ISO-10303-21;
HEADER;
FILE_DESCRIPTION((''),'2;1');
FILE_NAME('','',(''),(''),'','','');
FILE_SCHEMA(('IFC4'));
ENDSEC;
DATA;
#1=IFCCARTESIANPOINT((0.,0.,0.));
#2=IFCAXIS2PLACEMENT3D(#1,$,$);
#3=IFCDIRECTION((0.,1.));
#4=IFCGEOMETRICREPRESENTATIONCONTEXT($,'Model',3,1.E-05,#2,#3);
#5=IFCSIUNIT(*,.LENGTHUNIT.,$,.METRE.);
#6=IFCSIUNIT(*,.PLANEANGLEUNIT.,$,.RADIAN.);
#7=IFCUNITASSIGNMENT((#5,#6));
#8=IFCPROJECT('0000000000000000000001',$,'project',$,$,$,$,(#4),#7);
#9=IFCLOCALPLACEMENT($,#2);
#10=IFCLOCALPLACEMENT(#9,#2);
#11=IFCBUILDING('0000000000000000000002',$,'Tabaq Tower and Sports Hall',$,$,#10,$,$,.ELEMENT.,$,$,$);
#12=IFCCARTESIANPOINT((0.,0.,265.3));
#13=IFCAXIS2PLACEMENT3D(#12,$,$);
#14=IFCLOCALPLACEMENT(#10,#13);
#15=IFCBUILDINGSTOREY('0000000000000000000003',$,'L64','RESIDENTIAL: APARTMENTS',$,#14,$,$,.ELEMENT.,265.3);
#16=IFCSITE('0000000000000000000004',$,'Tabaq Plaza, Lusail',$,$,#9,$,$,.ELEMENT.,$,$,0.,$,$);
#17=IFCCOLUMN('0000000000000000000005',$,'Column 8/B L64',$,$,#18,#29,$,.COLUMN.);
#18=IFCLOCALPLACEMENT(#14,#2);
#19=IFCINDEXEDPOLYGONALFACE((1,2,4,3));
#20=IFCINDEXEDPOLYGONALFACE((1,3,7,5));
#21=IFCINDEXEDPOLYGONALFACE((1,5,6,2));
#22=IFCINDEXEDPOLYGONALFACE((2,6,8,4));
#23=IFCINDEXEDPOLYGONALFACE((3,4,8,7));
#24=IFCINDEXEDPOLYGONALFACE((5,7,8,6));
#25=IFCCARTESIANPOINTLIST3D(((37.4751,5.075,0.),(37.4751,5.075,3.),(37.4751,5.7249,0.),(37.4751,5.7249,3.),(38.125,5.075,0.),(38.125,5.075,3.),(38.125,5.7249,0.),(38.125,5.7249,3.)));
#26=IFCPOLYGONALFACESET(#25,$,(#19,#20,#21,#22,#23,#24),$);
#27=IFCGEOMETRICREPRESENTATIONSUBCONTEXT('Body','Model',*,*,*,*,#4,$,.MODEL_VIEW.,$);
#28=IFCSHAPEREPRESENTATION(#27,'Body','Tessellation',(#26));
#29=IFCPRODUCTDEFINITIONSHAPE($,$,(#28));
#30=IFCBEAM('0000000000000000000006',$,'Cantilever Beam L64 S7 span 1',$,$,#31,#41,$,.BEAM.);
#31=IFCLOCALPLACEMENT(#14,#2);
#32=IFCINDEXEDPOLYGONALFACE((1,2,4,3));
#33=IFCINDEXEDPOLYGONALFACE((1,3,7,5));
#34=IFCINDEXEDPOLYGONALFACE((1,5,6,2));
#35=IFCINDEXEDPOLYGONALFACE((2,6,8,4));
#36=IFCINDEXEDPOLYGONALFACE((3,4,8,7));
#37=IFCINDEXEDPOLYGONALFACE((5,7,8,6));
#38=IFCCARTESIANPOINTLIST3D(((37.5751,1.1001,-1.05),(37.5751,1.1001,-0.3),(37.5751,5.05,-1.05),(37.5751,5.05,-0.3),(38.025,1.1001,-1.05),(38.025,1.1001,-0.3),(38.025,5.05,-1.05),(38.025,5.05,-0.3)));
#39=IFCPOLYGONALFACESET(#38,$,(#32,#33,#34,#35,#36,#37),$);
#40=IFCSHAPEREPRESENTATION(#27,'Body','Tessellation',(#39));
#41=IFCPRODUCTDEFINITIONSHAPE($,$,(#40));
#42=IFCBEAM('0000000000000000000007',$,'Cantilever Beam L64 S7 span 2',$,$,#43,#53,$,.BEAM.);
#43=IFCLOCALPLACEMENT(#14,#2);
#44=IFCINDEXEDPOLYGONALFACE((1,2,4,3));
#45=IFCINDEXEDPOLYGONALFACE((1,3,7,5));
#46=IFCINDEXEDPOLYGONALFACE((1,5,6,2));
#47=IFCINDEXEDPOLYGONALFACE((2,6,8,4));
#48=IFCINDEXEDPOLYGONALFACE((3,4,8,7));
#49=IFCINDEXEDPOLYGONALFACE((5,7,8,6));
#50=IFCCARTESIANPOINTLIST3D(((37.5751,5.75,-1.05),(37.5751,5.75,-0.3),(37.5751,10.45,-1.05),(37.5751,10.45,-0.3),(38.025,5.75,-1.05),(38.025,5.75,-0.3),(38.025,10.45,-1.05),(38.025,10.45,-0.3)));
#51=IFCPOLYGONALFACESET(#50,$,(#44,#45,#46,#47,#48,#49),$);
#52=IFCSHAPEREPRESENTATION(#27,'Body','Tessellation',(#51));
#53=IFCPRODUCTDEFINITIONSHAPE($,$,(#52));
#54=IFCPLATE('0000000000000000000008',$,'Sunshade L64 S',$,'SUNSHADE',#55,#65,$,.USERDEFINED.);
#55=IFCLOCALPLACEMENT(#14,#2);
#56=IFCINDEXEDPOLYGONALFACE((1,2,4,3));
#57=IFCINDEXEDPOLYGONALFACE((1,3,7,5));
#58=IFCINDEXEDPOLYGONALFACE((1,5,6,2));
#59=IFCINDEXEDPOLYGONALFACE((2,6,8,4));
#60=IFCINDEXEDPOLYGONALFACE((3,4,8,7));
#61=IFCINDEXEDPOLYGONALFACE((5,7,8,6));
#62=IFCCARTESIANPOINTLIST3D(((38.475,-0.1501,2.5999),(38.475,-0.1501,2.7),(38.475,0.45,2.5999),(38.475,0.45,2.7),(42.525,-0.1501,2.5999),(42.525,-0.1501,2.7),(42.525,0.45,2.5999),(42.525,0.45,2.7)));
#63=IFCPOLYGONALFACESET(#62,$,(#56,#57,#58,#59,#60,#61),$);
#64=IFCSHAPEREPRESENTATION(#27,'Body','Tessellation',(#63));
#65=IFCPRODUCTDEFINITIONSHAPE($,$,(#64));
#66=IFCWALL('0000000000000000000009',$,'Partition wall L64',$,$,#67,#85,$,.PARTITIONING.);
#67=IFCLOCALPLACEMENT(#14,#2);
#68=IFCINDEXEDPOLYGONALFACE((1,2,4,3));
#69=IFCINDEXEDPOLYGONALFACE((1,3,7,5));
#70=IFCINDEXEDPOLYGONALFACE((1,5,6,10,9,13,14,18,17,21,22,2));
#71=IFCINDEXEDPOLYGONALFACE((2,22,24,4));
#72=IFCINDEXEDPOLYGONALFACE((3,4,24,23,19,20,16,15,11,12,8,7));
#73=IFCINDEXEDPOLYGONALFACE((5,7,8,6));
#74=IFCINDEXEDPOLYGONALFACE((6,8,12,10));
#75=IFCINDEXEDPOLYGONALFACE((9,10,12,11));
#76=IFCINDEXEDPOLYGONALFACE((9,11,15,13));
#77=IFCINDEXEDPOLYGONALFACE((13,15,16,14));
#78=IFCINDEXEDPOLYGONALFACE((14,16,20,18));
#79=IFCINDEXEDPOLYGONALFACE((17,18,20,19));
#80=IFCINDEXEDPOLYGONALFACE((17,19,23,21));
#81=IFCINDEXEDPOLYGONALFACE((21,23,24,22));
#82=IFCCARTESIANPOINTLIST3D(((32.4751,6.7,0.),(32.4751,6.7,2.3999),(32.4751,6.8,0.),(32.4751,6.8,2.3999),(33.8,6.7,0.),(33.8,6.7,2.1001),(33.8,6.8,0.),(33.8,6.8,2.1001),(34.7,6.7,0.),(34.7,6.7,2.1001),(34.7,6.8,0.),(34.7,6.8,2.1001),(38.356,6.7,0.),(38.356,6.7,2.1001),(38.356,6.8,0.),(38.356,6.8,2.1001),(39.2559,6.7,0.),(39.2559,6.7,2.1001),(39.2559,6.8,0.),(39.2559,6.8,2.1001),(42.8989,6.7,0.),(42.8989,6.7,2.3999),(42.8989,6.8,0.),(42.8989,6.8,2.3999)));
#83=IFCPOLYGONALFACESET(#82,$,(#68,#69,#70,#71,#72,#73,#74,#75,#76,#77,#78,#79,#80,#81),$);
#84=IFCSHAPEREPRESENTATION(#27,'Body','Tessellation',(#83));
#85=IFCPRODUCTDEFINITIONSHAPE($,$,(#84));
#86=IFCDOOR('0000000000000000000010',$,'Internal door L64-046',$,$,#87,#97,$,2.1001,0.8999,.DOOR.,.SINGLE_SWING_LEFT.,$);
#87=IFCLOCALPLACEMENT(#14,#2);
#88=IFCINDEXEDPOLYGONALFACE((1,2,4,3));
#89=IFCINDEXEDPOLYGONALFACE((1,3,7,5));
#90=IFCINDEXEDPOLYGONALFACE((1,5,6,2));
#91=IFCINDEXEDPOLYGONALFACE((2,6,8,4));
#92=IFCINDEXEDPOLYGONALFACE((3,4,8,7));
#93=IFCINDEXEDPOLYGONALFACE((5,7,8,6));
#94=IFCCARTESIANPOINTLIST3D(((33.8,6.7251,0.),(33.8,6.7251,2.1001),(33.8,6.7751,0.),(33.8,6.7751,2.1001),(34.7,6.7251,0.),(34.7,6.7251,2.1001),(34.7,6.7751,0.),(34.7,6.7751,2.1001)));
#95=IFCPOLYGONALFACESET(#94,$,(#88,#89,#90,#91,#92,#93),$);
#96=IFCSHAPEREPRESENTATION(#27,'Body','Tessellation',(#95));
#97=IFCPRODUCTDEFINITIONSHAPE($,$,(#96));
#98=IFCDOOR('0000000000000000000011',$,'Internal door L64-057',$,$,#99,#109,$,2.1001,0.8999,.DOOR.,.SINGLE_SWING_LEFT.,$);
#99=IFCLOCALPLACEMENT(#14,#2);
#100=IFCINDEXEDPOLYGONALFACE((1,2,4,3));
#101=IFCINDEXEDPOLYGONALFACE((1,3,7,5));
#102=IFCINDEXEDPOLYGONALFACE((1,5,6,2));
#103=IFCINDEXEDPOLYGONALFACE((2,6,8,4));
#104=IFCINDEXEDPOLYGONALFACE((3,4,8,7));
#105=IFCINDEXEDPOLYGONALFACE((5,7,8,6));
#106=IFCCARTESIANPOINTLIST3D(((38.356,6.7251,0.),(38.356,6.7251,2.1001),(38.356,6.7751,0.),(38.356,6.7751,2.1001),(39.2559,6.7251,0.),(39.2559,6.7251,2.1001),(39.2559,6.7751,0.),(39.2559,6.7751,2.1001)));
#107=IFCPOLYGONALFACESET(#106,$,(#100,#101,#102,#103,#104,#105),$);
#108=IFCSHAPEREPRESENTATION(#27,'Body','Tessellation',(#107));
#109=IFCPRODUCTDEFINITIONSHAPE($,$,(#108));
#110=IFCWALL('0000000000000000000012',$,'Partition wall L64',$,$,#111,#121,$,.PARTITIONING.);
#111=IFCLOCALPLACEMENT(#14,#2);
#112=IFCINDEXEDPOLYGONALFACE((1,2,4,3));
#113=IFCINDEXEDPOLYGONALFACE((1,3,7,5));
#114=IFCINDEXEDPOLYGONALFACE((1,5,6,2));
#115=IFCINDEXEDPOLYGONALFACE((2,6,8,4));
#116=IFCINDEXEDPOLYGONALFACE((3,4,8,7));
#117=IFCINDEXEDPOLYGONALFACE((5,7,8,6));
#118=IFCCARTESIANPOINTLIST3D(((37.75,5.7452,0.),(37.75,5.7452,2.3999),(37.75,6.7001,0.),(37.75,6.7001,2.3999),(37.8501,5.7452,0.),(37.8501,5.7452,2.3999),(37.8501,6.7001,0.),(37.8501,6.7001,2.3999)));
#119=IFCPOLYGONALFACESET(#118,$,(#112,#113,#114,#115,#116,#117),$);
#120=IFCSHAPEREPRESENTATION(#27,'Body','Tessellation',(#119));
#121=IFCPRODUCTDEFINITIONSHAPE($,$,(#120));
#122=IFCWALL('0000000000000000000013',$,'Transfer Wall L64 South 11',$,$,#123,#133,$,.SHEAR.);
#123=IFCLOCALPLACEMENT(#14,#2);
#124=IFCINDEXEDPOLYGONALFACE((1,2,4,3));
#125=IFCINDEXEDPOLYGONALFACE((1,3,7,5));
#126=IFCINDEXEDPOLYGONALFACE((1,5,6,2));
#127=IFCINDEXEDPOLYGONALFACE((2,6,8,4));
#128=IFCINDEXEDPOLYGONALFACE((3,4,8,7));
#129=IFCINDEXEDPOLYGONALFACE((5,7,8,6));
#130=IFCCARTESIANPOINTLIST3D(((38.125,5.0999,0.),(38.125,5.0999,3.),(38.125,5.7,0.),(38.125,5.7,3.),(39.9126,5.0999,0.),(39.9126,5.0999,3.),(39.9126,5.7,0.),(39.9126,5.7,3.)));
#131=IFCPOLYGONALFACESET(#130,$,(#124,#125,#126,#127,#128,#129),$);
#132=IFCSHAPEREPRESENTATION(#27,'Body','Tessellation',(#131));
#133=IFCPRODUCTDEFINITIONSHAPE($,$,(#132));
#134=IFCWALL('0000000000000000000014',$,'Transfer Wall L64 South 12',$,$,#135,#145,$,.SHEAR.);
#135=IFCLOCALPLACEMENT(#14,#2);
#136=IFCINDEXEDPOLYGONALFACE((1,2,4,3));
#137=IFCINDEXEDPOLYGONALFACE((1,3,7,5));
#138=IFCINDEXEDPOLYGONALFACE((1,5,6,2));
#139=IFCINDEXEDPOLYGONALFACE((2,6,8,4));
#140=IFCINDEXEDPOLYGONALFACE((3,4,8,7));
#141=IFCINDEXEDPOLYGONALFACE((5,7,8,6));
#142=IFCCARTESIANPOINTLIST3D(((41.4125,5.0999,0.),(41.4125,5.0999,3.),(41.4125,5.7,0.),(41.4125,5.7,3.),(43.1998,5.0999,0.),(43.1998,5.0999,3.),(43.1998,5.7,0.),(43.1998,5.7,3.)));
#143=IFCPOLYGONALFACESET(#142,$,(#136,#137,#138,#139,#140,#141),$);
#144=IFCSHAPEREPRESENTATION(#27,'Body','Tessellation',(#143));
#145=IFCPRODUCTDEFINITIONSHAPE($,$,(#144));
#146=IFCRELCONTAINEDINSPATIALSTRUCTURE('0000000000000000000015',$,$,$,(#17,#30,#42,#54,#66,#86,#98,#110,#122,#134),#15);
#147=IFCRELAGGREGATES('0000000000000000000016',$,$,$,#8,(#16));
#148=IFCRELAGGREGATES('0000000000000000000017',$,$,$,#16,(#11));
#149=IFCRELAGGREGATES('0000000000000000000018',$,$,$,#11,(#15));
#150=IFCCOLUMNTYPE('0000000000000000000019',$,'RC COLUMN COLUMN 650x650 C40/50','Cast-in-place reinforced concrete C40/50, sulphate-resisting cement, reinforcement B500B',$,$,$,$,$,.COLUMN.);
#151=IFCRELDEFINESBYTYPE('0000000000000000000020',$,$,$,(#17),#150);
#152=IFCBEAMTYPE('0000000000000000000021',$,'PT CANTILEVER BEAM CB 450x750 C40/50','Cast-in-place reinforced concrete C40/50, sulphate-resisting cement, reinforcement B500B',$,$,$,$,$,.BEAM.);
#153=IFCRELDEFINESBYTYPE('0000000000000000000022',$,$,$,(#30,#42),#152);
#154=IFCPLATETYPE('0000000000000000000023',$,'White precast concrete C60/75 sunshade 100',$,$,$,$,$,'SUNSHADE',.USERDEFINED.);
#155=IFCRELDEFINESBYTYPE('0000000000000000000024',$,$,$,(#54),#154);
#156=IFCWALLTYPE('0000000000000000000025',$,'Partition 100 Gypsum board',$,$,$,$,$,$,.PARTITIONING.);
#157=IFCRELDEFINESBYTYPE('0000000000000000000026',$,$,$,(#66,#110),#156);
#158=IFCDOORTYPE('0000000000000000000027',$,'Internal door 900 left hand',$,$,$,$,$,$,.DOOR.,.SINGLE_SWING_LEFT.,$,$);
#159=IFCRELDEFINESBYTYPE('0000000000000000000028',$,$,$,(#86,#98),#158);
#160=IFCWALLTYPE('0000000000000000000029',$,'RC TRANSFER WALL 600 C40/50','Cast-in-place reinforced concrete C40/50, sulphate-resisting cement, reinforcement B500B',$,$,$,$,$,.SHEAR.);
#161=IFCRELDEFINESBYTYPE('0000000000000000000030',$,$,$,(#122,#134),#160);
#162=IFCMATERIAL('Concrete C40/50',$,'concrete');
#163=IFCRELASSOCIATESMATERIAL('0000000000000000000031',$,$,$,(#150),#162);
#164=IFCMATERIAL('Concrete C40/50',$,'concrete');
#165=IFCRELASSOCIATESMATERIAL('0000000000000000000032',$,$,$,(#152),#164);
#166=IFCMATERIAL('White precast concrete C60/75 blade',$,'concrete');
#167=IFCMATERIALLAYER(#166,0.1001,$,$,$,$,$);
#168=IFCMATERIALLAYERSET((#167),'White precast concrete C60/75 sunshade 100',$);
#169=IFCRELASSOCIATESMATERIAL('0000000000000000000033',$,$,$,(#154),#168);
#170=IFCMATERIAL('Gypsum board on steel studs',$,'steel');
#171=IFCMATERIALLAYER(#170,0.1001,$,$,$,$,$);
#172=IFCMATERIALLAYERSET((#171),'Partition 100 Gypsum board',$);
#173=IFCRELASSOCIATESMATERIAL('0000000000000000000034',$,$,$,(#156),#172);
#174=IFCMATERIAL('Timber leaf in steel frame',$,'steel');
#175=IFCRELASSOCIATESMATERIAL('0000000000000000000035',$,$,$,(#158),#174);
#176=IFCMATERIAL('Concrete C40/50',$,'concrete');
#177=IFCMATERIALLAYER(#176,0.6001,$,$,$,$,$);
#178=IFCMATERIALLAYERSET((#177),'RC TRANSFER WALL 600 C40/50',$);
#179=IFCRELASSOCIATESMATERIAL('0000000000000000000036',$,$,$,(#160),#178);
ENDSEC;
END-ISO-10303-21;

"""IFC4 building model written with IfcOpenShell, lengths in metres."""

from ifc_helpers import new_model, si_unit, direction, frame, frame_2d, origin, origin_2d, place, context, subcontext, project, spatial, rectangle, extrude, material, layer, layer_set, material_profile, profile_set, type_object, element, fill, save


model = new_model("IFC4")

# Units and contexts
model_context = context("Model", 3, precision=1e-05, world=origin(), true_north=direction((0.0, 1.0)))
body_context = subcontext(model_context, "Body", "Model", "MODEL_VIEW")
ifc_project = project(units=[si_unit("LENGTHUNIT", "METRE"), si_unit("PLANEANGLEUNIT", "RADIAN")], contexts=[model_context])

# Site, building, storey
site_placement = place(None, origin())
site = spatial("IfcSite", under=ifc_project, at=site_placement, Name="Tabaq Plaza, Lusail", CompositionType="ELEMENT", RefElevation=0.0)
building_placement = place(site_placement, origin())
building = spatial("IfcBuilding", under=site, at=building_placement, Name="Tabaq Tower and Sports Hall", CompositionType="ELEMENT")
storey_placement = place(building_placement, frame((0.0, 0.0, 265.3)))
storey = spatial("IfcBuildingStorey", under=building, at=storey_placement, Name="L64", Description="RESIDENTIAL: APARTMENTS", CompositionType="ELEMENT", Elevation=265.3)

# Column
ifc_material_1 = material(Name="Concrete C40/50", Category="concrete")
ifc_material_profile_1 = material_profile(ifc_material_1, rectangle(XDim=0.6499, YDim=0.6499, at=origin_2d()), Name="COLUMN 650x650")
ifc_profile_set_1 = profile_set([ifc_material_profile_1], Name="Concrete C40/50")
column_type = type_object("IfcColumnType", Name="RC COLUMN COLUMN 650x650 C40/50", Description="Cast-in-place reinforced concrete C40/50, sulphate-resisting cement, reinforcement B500B", PredefinedType="COLUMN", material=ifc_profile_set_1)
column_placement = place(storey_placement, frame((37.8, 5.3999, 0.0), z_axis=(0.0, 0.0, 1.0), x_axis=(1.0, 0.0, 0.0)))
element("IfcColumn", 1, at=column_placement, inside=storey, type_object=column_type, Name="Column 8/B L64", PredefinedType="COLUMN", context=body_context, shape_type="SweptSolid", body=[
    extrude(rectangle(XDim=0.6499, YDim=0.6499, at=origin_2d()), origin(), (0.0, 0.0, 1.0), 3.0),
])

# Beams
ifc_material_2 = material(Name="Concrete C40/50", Category="concrete")
ifc_material_profile_2 = material_profile(ifc_material_2, rectangle(XDim=0.45, YDim=0.75, at=origin_2d()), Name="CB 450x750")
ifc_profile_set_2 = profile_set([ifc_material_profile_2], Name="Concrete C40/50")
beam_type = type_object("IfcBeamType", Name="PT CANTILEVER BEAM CB 450x750 C40/50", Description="Cast-in-place reinforced concrete C40/50, sulphate-resisting cement, reinforcement B500B", PredefinedType="BEAM", material=ifc_profile_set_2)
beam_1_placement = place(storey_placement, frame((37.8, 1.1001, -0.675), z_axis=(0.0, 1.0, 0.0), x_axis=(-1.0, 0.0, 0.0)))
element("IfcBeam", 2, at=beam_1_placement, inside=storey, type_object=beam_type, Name="Cantilever Beam L64 S7 span 1", PredefinedType="BEAM", context=body_context, shape_type="SweptSolid", body=[
    extrude(rectangle(XDim=0.45, YDim=0.75, at=origin_2d()), origin(), (0.0, 0.0, 1.0), 3.95),
])
beam_2_placement = place(storey_placement, frame((37.8, 5.75, -0.675), z_axis=(0.0, 1.0, 0.0), x_axis=(-1.0, 0.0, 0.0)))
element("IfcBeam", 3, at=beam_2_placement, inside=storey, type_object=beam_type, Name="Cantilever Beam L64 S7 span 2", PredefinedType="BEAM", context=body_context, shape_type="SweptSolid", body=[
    extrude(rectangle(XDim=0.45, YDim=0.75, at=origin_2d()), origin(), (0.0, 0.0, 1.0), 4.7),
])

# Plate
ifc_material_3 = material(Name="White precast concrete C60/75 blade", Category="concrete")
ifc_layer_1 = layer(ifc_material_3, 0.1001)
ifc_layer_set_1 = layer_set([ifc_layer_1], Name="White precast concrete C60/75 sunshade 100")
plate_type = type_object("IfcPlateType", Name="White precast concrete C60/75 sunshade 100", ElementType="SUNSHADE", PredefinedType="USERDEFINED", material=ifc_layer_set_1)
plate_placement = place(storey_placement, frame((40.5, 0.1499, 2.5999), z_axis=(0.0, 0.0, 1.0), x_axis=(1.0, 0.0, 0.0)))
element("IfcPlate", 4, at=plate_placement, inside=storey, type_object=plate_type, Name="Sunshade L64 S", ObjectType="SUNSHADE", PredefinedType="USERDEFINED", context=body_context, shape_type="SweptSolid", body=[
    extrude(rectangle(XDim=4.05, YDim=0.6001, at=origin_2d()), origin(), (0.0, 0.0, 1.0), 0.1001),
])

# Wall, openings, doors
ifc_material_4 = material(Name="Gypsum board on steel studs", Category="steel")
ifc_layer_2 = layer(ifc_material_4, 0.1001)
ifc_layer_set_2 = layer_set([ifc_layer_2], Name="Partition 100 Gypsum board")
wall_type_1 = type_object("IfcWallType", Name="Partition 100 Gypsum board", PredefinedType="PARTITIONING", material=ifc_layer_set_2)
wall_1_placement = place(storey_placement, frame((42.8989, 6.75, 0.0), z_axis=(0.0, 0.0, 1.0), x_axis=(-1.0, 0.0, 0.0)))
wall_1 = element("IfcWall", 5, at=wall_1_placement, inside=storey, type_object=wall_type_1, Name="Partition wall L64", PredefinedType="PARTITIONING", context=body_context, shape_type="SweptSolid", body=[
    extrude(rectangle(XDim=10.4238, YDim=0.1001, at=frame_2d((5.2119, 0.0))), origin(), (0.0, 0.0, 1.0), 2.3999),
])
opening_1_placement = place(wall_1_placement, frame((8.199, 0.0, 0.0)))
opening_1 = element("IfcOpeningElement", 6, at=opening_1_placement, cuts=wall_1, PredefinedType="OPENING", context=body_context, shape_type="SweptSolid", body=[
    extrude(rectangle(XDim=0.8999, YDim=2.1001, at=frame_2d((0.45, 1.05))), frame((0.0, 0.05, 0.0), z_axis=(0.0, -1.0, 0.0), x_axis=(1.0, 0.0, 0.0)), (0.0, 0.0, 1.0), 0.1001),
])
opening_2_placement = place(wall_1_placement, frame((3.6431, 0.0, 0.0)))
opening_2 = element("IfcOpeningElement", 7, at=opening_2_placement, cuts=wall_1, PredefinedType="OPENING", context=body_context, shape_type="SweptSolid", body=[
    extrude(rectangle(XDim=0.8999, YDim=2.1001, at=frame_2d((0.45, 1.05))), frame((0.0, 0.05, 0.0), z_axis=(0.0, -1.0, 0.0), x_axis=(1.0, 0.0, 0.0)), (0.0, 0.0, 1.0), 0.1001),
])
ifc_material_5 = material(Name="Timber leaf in steel frame", Category="steel")
door_type = type_object("IfcDoorType", Name="Internal door 900 left hand", OperationType="SINGLE_SWING_LEFT", PredefinedType="DOOR", material=ifc_material_5)
door_1_placement = place(opening_1_placement, origin())
door_1 = element("IfcDoor", 8, at=door_1_placement, inside=storey, type_object=door_type, Name="Internal door L64-046", OperationType="SINGLE_SWING_LEFT", OverallHeight=2.1001, OverallWidth=0.8999, PredefinedType="DOOR", context=body_context, shape_type="SweptSolid", body=[
    extrude(rectangle(XDim=0.8999, YDim=2.1001, at=frame_2d((0.45, 1.05))), frame((0.0, 0.0249, 0.0), z_axis=(0.0, -1.0, 0.0), x_axis=(1.0, 0.0, 0.0)), (0.0, 0.0, 1.0), 0.05),
])
fill(opening_1, door_1)
door_2_placement = place(opening_2_placement, origin())
door_2 = element("IfcDoor", 9, at=door_2_placement, inside=storey, type_object=door_type, Name="Internal door L64-057", OperationType="SINGLE_SWING_LEFT", OverallHeight=2.1001, OverallWidth=0.8999, PredefinedType="DOOR", context=body_context, shape_type="SweptSolid", body=[
    extrude(rectangle(XDim=0.8999, YDim=2.1001, at=frame_2d((0.45, 1.05))), frame((0.0, 0.0249, 0.0), z_axis=(0.0, -1.0, 0.0), x_axis=(1.0, 0.0, 0.0)), (0.0, 0.0, 1.0), 0.05),
])
fill(opening_2, door_2)

# Walls
wall_2_placement = place(storey_placement, frame((37.8, 5.7451, 0.0), z_axis=(0.0, 0.0, 1.0), x_axis=(0.0, 1.0, 0.0)))
element("IfcWall", 10, at=wall_2_placement, inside=storey, type_object=wall_type_1, Name="Partition wall L64", PredefinedType="PARTITIONING", context=body_context, shape_type="SweptSolid", body=[
    extrude(rectangle(XDim=0.9548, YDim=0.1001, at=frame_2d((0.4775, 0.0))), origin(), (0.0, 0.0, 1.0), 2.3999),
])
ifc_material_6 = material(Name="Concrete C40/50", Category="concrete")
ifc_layer_3 = layer(ifc_material_6, 0.6001)
ifc_layer_set_3 = layer_set([ifc_layer_3], Name="RC TRANSFER WALL 600 C40/50")
wall_type_2 = type_object("IfcWallType", Name="RC TRANSFER WALL 600 C40/50", Description="Cast-in-place reinforced concrete C40/50, sulphate-resisting cement, reinforcement B500B", PredefinedType="SHEAR", material=ifc_layer_set_3)
wall_3_placement = place(storey_placement, frame((38.125, 5.3999, 0.0), z_axis=(0.0, 0.0, 1.0), x_axis=(1.0, 0.0, 0.0)))
element("IfcWall", 11, at=wall_3_placement, inside=storey, type_object=wall_type_2, Name="Transfer Wall L64 South 11", PredefinedType="SHEAR", context=body_context, shape_type="SweptSolid", body=[
    extrude(rectangle(XDim=1.7876, YDim=0.6001, at=frame_2d((0.8938, 0.0))), origin(), (0.0, 0.0, 1.0), 3.0),
])
wall_4_placement = place(storey_placement, frame((41.4126, 5.3999, 0.0), z_axis=(0.0, 0.0, 1.0), x_axis=(1.0, 0.0, 0.0)))
element("IfcWall", 12, at=wall_4_placement, inside=storey, type_object=wall_type_2, Name="Transfer Wall L64 South 12", PredefinedType="SHEAR", context=body_context, shape_type="SweptSolid", body=[
    extrude(rectangle(XDim=1.7874, YDim=0.6001, at=frame_2d((0.8936, 0.0))), origin(), (0.0, 0.0, 1.0), 3.0),
])

save(model, "model.ifc")
